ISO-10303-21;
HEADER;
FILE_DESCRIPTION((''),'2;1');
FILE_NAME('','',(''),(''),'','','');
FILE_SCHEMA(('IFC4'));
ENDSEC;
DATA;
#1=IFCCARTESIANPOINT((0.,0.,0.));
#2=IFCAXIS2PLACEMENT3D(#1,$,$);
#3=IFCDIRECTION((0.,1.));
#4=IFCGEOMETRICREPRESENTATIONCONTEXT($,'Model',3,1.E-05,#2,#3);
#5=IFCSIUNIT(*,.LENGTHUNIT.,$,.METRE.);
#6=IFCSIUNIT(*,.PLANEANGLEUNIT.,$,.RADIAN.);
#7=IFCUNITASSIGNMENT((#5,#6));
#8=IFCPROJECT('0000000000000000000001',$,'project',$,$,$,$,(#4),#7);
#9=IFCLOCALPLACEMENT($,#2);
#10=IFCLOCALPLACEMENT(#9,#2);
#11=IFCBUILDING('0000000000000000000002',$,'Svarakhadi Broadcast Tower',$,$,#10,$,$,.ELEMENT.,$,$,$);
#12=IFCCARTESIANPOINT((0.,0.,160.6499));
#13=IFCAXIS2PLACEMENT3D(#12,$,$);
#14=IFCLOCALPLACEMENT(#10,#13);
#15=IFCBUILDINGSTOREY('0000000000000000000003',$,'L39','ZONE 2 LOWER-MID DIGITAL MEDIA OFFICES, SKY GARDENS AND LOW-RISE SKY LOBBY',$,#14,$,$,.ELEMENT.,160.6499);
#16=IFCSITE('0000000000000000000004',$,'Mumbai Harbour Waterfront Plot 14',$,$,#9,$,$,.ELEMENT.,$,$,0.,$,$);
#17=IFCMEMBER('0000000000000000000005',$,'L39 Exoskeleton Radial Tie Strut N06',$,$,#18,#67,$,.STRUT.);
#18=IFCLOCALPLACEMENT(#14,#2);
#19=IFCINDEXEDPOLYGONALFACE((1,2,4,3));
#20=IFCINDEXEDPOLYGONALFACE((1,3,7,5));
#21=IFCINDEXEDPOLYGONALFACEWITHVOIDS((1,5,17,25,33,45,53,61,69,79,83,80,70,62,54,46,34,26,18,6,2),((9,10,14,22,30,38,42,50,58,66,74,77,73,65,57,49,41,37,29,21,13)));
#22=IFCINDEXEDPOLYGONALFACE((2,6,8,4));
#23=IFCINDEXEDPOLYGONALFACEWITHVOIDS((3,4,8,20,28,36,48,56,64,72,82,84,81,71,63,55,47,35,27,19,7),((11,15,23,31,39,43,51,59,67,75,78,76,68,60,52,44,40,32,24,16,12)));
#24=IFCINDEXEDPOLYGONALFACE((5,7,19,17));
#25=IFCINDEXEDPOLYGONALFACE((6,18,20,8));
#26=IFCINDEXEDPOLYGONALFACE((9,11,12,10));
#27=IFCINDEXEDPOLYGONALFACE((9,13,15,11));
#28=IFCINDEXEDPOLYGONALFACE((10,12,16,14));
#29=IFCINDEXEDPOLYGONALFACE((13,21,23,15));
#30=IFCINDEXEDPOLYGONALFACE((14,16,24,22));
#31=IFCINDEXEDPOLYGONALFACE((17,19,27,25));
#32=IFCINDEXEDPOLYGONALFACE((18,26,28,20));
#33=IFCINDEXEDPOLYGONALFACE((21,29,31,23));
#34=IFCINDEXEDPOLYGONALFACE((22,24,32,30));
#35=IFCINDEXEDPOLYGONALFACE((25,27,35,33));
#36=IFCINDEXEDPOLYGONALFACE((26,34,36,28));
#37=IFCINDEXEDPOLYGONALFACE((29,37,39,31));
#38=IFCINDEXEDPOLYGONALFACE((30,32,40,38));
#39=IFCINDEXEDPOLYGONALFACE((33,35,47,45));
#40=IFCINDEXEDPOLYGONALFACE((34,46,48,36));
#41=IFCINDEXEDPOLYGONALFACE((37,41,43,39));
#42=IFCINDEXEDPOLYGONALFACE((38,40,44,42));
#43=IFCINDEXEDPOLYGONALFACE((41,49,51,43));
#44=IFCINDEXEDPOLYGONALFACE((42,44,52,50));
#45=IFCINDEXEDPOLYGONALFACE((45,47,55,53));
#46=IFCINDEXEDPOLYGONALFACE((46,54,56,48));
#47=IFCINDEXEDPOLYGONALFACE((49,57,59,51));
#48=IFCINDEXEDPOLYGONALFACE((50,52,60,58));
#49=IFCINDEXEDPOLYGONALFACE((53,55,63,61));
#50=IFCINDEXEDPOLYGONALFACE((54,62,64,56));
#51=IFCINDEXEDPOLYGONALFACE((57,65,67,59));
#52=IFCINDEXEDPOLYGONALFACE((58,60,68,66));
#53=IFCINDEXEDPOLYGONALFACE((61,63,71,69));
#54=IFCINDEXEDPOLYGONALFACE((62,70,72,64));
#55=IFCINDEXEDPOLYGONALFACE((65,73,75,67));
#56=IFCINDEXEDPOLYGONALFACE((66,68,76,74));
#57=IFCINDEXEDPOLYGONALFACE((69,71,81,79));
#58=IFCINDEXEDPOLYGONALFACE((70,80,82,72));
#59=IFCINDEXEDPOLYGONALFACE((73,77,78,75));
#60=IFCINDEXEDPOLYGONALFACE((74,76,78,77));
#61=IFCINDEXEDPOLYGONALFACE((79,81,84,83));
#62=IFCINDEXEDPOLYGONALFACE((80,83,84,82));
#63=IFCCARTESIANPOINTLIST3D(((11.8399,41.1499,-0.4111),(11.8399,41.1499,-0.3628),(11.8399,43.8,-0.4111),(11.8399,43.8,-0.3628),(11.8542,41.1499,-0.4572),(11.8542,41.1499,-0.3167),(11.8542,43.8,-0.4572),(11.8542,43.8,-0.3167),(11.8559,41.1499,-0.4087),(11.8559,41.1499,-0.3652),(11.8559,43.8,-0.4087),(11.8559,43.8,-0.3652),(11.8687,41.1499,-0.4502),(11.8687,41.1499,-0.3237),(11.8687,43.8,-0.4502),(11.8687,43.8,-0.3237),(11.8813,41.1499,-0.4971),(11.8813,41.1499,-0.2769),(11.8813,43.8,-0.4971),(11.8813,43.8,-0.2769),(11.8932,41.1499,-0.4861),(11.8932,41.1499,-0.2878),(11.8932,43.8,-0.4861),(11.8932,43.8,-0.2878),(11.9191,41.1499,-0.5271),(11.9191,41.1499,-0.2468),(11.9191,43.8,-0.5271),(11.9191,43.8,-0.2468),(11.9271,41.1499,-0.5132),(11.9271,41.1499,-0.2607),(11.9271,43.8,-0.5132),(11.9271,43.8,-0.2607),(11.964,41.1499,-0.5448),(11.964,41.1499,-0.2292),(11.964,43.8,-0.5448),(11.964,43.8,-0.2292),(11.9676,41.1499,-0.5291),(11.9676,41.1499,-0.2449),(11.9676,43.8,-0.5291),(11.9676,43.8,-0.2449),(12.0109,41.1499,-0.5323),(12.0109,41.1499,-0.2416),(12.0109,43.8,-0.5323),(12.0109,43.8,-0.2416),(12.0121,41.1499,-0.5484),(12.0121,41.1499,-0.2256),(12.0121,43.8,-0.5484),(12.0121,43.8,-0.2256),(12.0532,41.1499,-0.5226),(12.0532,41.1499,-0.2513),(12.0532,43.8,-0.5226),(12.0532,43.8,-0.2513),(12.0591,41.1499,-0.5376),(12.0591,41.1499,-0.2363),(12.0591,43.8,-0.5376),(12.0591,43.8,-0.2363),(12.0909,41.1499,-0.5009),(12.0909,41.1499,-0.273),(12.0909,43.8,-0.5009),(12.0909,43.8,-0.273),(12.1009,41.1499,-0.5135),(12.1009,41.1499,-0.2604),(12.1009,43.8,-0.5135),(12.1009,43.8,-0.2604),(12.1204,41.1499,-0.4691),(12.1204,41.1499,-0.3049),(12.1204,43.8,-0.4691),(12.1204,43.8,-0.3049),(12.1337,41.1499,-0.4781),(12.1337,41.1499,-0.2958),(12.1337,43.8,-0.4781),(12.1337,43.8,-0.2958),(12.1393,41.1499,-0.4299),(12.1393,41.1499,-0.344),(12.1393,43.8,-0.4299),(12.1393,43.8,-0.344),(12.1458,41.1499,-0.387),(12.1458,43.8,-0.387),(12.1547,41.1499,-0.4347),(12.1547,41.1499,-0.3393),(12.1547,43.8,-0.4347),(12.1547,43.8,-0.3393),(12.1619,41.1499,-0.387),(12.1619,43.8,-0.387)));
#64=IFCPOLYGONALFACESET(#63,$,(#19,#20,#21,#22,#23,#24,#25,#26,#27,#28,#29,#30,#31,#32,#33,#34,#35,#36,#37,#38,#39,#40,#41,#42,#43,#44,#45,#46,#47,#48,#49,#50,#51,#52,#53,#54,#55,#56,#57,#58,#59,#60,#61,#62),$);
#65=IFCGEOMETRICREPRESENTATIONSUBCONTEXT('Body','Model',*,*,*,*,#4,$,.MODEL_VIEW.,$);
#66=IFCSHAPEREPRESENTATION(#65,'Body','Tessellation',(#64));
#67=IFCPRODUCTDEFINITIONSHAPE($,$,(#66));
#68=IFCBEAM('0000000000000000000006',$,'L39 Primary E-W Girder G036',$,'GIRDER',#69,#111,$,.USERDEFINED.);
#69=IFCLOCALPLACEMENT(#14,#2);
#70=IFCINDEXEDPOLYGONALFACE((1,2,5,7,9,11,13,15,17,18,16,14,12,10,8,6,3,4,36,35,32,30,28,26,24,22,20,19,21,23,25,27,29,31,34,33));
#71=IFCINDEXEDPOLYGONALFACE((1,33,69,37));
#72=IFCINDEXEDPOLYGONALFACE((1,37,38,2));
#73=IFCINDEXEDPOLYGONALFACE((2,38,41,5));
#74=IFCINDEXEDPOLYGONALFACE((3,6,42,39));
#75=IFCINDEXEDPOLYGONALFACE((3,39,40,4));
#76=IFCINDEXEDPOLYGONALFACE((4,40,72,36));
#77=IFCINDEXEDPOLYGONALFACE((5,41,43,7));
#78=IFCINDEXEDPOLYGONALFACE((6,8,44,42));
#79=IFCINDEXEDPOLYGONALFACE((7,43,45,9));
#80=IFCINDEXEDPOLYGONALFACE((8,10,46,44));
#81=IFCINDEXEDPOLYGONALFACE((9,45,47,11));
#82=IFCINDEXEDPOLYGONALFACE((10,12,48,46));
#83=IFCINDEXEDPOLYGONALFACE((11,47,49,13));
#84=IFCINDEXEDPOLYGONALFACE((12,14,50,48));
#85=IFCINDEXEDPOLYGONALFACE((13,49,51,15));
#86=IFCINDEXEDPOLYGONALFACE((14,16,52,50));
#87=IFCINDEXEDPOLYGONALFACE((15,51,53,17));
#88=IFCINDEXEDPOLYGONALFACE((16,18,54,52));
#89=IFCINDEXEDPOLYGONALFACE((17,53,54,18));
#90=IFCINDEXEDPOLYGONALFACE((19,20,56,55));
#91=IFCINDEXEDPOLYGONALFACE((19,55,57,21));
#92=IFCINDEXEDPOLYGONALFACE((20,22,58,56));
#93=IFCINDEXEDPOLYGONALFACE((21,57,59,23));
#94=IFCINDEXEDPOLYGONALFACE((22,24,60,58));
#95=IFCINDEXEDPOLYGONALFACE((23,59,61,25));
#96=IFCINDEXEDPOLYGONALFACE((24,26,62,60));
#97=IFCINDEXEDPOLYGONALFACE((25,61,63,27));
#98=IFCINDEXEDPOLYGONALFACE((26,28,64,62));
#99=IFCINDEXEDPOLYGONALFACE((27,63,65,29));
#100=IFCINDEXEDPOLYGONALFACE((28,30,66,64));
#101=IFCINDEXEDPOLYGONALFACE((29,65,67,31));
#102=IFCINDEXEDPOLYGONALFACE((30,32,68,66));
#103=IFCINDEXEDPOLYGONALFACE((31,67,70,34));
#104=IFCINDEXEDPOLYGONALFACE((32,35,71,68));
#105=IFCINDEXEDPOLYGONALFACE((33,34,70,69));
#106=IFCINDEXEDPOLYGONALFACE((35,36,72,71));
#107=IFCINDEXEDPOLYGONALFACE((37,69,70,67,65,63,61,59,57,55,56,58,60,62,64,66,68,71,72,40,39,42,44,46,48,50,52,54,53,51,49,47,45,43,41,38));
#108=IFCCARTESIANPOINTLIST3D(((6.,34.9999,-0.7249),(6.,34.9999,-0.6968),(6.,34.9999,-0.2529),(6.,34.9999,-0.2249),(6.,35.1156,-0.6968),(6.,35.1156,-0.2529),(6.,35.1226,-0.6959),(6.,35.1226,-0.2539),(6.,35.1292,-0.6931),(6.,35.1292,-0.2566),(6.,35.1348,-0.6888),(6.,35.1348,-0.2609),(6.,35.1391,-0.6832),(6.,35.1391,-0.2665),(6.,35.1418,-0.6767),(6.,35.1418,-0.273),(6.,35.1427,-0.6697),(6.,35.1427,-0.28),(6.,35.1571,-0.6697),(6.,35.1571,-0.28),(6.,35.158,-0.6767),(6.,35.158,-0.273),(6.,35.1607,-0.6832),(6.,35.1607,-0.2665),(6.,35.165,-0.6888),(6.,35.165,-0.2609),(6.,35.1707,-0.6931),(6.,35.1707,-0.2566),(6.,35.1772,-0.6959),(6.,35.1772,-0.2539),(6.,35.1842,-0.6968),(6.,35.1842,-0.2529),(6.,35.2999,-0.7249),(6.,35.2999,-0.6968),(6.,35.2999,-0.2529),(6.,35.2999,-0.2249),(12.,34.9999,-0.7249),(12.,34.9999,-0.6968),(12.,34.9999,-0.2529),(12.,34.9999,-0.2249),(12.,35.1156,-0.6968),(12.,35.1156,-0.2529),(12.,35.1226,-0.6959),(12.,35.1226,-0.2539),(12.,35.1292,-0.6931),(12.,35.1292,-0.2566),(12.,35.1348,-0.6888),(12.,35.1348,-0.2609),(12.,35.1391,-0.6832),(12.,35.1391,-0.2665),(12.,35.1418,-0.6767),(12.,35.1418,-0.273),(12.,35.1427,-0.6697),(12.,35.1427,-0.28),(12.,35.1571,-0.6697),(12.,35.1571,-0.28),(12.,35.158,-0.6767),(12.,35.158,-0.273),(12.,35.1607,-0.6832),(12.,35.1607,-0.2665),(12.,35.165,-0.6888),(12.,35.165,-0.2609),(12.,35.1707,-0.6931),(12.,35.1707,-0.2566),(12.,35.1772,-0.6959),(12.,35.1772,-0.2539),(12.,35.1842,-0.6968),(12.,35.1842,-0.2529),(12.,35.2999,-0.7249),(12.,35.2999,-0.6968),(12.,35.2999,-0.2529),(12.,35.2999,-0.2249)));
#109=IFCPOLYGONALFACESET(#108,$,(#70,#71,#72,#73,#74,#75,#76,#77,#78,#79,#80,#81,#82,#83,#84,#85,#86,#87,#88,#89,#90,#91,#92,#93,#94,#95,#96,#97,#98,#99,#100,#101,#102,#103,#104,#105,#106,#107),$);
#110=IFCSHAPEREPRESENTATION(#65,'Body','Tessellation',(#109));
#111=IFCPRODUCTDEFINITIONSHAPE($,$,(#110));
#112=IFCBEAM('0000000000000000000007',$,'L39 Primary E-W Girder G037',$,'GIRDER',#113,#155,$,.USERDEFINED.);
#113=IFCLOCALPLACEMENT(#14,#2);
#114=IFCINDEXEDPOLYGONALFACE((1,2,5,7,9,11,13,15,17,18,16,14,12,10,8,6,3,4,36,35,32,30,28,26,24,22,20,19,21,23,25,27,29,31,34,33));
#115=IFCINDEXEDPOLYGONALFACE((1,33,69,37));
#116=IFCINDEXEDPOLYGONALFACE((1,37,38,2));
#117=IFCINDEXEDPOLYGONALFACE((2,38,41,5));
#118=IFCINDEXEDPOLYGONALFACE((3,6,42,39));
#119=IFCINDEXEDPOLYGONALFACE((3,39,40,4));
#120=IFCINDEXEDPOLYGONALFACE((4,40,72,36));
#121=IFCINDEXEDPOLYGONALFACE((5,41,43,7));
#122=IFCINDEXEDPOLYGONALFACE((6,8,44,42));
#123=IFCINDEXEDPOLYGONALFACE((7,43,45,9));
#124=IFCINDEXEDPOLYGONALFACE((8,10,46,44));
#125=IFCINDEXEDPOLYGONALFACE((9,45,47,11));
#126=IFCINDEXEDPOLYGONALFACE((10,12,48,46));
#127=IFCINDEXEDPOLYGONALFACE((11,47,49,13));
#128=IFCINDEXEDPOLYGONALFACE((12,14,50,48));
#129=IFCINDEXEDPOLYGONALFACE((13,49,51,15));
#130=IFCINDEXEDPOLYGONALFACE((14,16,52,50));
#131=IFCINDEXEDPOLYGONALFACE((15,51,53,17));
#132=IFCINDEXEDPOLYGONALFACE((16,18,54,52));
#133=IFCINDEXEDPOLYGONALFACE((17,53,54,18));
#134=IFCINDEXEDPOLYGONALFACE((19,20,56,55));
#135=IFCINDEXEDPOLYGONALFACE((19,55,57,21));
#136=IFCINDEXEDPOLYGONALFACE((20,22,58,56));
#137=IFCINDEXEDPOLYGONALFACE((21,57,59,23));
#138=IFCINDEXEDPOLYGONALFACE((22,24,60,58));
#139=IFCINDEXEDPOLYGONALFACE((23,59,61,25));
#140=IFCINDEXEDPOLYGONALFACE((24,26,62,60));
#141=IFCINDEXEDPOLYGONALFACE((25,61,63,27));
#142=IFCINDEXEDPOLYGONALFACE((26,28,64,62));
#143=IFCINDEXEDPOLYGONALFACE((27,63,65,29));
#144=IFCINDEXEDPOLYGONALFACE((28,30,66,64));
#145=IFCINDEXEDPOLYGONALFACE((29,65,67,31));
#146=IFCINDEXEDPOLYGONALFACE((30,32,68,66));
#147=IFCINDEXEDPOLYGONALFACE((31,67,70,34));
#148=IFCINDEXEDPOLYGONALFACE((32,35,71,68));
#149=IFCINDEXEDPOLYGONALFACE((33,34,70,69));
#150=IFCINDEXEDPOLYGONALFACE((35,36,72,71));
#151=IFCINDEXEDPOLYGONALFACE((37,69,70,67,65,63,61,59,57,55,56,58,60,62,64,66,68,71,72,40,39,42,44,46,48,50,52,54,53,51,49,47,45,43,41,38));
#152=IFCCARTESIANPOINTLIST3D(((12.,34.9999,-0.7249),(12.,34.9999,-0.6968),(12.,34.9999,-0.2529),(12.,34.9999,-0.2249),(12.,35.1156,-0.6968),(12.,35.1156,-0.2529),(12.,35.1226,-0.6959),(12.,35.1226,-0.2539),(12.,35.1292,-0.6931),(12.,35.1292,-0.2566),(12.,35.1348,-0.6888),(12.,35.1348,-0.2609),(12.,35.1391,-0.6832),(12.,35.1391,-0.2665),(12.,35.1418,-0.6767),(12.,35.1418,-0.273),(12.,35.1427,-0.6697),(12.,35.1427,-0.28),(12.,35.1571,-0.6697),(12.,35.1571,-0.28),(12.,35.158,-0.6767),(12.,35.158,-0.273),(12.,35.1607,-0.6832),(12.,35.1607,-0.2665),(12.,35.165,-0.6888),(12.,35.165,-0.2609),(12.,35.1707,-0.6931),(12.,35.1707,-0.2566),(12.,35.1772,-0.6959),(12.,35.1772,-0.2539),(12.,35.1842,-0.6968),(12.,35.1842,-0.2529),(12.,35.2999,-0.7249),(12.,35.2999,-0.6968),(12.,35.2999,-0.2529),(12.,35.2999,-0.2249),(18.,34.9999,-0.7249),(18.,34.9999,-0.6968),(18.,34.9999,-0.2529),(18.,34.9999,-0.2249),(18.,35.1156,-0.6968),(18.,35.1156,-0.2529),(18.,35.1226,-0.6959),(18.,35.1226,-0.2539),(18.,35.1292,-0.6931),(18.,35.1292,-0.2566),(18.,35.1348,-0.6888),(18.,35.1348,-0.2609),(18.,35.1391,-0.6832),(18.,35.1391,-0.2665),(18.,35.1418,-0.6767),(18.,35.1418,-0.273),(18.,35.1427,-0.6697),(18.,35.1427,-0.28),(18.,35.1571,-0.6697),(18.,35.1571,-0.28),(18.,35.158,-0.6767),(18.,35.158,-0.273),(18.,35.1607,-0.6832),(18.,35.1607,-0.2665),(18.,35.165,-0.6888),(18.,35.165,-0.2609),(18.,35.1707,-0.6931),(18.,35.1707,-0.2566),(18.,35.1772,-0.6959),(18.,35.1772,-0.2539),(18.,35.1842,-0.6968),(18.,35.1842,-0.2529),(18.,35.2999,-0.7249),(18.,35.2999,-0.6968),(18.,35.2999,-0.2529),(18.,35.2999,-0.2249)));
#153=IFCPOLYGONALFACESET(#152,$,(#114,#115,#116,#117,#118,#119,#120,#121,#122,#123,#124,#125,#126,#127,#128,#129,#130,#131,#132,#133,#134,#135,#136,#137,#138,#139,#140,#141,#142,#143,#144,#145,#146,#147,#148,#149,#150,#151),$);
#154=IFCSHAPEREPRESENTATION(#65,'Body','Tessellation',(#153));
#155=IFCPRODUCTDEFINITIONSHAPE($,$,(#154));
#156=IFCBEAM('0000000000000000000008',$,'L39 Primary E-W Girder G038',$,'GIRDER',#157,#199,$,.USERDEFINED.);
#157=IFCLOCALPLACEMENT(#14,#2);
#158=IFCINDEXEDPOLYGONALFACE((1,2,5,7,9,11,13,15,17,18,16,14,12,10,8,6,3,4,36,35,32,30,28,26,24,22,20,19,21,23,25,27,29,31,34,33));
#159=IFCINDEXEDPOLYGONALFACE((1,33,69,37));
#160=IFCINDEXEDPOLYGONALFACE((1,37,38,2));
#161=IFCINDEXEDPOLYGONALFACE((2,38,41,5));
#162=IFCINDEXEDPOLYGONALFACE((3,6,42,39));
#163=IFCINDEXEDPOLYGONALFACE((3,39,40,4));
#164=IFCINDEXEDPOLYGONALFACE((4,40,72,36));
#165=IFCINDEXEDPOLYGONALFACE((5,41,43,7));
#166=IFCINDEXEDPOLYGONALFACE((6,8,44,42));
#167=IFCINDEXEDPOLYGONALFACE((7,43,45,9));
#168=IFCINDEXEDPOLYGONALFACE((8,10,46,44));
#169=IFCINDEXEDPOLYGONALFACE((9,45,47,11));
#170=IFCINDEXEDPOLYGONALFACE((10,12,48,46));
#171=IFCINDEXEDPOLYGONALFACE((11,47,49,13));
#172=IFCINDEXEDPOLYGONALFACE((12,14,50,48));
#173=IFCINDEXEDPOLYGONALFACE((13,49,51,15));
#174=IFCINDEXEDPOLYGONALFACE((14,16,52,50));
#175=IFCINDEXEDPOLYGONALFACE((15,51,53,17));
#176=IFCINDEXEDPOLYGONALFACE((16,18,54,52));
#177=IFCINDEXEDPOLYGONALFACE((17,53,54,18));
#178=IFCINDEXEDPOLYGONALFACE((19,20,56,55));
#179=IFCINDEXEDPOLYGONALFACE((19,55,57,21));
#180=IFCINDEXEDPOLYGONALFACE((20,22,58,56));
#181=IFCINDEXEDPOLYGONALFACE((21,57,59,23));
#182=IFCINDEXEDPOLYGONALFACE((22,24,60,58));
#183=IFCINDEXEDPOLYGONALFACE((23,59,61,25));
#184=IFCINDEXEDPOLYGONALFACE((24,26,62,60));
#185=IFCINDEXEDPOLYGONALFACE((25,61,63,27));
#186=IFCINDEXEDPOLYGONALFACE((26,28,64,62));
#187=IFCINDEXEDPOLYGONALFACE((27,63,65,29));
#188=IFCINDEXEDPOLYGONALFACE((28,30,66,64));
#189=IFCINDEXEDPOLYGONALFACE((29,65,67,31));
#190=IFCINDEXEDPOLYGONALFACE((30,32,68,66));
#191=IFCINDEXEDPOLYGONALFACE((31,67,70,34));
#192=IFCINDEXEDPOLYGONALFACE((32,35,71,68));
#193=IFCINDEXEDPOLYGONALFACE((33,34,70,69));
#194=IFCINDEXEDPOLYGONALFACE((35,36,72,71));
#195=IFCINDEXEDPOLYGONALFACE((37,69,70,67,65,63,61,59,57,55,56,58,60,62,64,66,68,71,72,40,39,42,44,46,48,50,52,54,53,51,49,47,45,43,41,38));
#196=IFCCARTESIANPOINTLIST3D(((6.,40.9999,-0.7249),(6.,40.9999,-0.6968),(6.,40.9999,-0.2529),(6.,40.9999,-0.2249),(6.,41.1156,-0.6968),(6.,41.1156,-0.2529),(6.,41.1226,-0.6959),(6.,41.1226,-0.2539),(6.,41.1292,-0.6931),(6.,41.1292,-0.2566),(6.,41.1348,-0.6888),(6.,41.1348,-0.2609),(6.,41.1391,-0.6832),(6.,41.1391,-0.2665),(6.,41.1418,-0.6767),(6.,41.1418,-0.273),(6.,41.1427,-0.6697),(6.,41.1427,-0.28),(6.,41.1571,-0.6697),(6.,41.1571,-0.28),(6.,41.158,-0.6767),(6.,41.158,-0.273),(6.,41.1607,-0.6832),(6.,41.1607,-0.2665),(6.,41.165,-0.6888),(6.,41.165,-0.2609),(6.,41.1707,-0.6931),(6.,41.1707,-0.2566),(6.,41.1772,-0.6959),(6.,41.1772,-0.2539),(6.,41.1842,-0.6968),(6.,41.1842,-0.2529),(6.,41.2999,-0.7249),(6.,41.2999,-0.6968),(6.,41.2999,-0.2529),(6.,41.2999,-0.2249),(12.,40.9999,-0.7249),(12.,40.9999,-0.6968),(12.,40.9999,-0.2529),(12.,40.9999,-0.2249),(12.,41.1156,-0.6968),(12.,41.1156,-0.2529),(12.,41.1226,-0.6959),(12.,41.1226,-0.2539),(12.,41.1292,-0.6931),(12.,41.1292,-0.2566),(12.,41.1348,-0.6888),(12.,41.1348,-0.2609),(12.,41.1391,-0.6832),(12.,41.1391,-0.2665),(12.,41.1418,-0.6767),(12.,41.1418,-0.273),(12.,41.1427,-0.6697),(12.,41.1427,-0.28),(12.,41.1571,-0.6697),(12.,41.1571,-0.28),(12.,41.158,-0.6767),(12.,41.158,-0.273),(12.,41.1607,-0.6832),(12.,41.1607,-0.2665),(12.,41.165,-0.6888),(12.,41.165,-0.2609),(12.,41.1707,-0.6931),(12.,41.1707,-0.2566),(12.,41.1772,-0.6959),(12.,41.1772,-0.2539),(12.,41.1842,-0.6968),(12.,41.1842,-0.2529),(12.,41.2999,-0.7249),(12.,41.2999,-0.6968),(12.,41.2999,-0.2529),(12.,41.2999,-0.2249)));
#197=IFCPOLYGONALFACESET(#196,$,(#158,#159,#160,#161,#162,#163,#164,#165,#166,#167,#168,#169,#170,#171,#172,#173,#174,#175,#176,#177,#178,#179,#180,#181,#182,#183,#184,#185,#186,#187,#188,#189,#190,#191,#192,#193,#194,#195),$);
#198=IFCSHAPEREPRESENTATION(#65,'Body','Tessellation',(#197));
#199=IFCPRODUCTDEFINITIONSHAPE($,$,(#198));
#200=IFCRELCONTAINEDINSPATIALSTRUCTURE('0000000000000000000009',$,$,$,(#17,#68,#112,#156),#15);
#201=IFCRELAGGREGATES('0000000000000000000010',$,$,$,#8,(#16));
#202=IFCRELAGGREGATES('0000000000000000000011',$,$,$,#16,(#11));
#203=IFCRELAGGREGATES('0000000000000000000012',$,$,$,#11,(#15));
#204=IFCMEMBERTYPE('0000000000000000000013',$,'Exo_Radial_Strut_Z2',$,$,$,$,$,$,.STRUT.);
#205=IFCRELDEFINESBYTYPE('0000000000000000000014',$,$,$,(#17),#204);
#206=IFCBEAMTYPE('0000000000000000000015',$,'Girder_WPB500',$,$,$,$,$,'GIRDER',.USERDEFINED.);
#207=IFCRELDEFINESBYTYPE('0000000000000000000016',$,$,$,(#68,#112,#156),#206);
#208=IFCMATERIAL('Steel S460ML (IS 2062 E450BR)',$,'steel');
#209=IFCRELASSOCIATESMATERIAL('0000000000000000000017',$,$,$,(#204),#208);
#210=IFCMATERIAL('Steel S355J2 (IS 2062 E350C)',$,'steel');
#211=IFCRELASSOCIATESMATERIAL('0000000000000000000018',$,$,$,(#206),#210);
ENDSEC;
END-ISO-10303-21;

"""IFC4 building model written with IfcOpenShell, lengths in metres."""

from ifc_helpers import new_model, si_unit, direction, frame, origin, origin_2d, place, context, subcontext, project, spatial, hollow_circle, i_section, extrude, material, material_profile, profile_set, type_object, element, save


model = new_model("IFC4")

# Units and contexts
model_context = context("Model", 3, precision=1e-05, world=origin(), true_north=direction((0.0, 1.0)))
body_context = subcontext(model_context, "Body", "Model", "MODEL_VIEW")
ifc_project = project(units=[si_unit("LENGTHUNIT", "METRE"), si_unit("PLANEANGLEUNIT", "RADIAN")], contexts=[model_context])

# Site, building, storey
site_placement = place(None, origin())
site = spatial("IfcSite", under=ifc_project, at=site_placement, Name="Mumbai Harbour Waterfront Plot 14", CompositionType="ELEMENT", RefElevation=0.0)
building_placement = place(site_placement, origin())
building = spatial("IfcBuilding", under=site, at=building_placement, Name="Svarakhadi Broadcast Tower", CompositionType="ELEMENT")
storey_placement = place(building_placement, frame((0.0, 0.0, 160.6499)))
storey = spatial("IfcBuildingStorey", under=building, at=storey_placement, Name="L39", Description="ZONE 2 LOWER-MID DIGITAL MEDIA OFFICES, SKY GARDENS AND LOW-RISE SKY LOBBY", CompositionType="ELEMENT", Elevation=160.6499)

# Shared definitions
ifc_material_1 = material(Name="Steel S460ML (IS 2062 E450BR)", Category="steel")

# Shared definitions
ifc_material_2 = material(Name="Steel S355J2 (IS 2062 E350C)", Category="steel")

# Member
ifc_material_profile_1 = material_profile(ifc_material_1, hollow_circle(Radius=0.1619, WallThickness=0.0161, at=origin_2d()), Name="CHS 323.9x16")
ifc_profile_set_1 = profile_set([ifc_material_profile_1], Name="Steel S460ML (IS 2062 E450BR)")
member_type_1 = type_object("IfcMemberType", Name="Exo_Radial_Strut_Z2", PredefinedType="STRUT", material=ifc_profile_set_1)
member_1_placement = place(storey_placement, frame((12.0, 43.8, -0.387), z_axis=(0.0, -1.0, 0.0), x_axis=(1.0, 0.0, 0.0)))
element("IfcMember", 1, at=member_1_placement, inside=storey, type_object=member_type_1, Name="L39 Exoskeleton Radial Tie Strut N06", PredefinedType="STRUT", context=body_context, shape_type="SweptSolid", body=[
    extrude(hollow_circle(Radius=0.1619, WallThickness=0.0161, at=origin_2d()), origin(), (0.0, 0.0, 1.0), 2.6501),
])

# Beams
ifc_material_profile_2 = material_profile(ifc_material_2, i_section(OverallWidth=0.3, OverallDepth=0.5, WebThickness=0.0144, FlangeThickness=0.0281, FilletRadius=0.0271, at=origin_2d()), Name="WPB 500x300x187")
ifc_profile_set_2 = profile_set([ifc_material_profile_2], Name="Steel S355J2 (IS 2062 E350C)")
beam_type_1 = type_object("IfcBeamType", Name="Girder_WPB500", ElementType="GIRDER", PredefinedType="USERDEFINED", material=ifc_profile_set_2)
for number, where, z_axis, x_axis, name in (
    (2, (6.0, 35.1499, -0.4749), (1.0, 0.0, 0.0), (0.0, 1.0, 0.0), "L39 Primary E-W Girder G036"),
    (3, (12.0, 35.1499, -0.4749), (1.0, 0.0, 0.0), (0.0, 1.0, 0.0), "L39 Primary E-W Girder G037"),
    (4, (6.0, 41.1499, -0.4749), (1.0, 0.0, 0.0), (0.0, 1.0, 0.0), "L39 Primary E-W Girder G038"),
):
    element("IfcBeam", number, at=place(storey_placement, frame(where, z_axis=z_axis, x_axis=x_axis)), inside=storey, type_object=beam_type_1, Name=name, ObjectType="GIRDER", PredefinedType="USERDEFINED", context=body_context, shape_type="SweptSolid", body=[
        extrude(i_section(OverallWidth=0.3, OverallDepth=0.5, WebThickness=0.0144, FlangeThickness=0.0281, FilletRadius=0.0271, at=origin_2d()), origin(), (0.0, 0.0, 1.0), 6.0),
    ])

save(model, "model.ifc")
